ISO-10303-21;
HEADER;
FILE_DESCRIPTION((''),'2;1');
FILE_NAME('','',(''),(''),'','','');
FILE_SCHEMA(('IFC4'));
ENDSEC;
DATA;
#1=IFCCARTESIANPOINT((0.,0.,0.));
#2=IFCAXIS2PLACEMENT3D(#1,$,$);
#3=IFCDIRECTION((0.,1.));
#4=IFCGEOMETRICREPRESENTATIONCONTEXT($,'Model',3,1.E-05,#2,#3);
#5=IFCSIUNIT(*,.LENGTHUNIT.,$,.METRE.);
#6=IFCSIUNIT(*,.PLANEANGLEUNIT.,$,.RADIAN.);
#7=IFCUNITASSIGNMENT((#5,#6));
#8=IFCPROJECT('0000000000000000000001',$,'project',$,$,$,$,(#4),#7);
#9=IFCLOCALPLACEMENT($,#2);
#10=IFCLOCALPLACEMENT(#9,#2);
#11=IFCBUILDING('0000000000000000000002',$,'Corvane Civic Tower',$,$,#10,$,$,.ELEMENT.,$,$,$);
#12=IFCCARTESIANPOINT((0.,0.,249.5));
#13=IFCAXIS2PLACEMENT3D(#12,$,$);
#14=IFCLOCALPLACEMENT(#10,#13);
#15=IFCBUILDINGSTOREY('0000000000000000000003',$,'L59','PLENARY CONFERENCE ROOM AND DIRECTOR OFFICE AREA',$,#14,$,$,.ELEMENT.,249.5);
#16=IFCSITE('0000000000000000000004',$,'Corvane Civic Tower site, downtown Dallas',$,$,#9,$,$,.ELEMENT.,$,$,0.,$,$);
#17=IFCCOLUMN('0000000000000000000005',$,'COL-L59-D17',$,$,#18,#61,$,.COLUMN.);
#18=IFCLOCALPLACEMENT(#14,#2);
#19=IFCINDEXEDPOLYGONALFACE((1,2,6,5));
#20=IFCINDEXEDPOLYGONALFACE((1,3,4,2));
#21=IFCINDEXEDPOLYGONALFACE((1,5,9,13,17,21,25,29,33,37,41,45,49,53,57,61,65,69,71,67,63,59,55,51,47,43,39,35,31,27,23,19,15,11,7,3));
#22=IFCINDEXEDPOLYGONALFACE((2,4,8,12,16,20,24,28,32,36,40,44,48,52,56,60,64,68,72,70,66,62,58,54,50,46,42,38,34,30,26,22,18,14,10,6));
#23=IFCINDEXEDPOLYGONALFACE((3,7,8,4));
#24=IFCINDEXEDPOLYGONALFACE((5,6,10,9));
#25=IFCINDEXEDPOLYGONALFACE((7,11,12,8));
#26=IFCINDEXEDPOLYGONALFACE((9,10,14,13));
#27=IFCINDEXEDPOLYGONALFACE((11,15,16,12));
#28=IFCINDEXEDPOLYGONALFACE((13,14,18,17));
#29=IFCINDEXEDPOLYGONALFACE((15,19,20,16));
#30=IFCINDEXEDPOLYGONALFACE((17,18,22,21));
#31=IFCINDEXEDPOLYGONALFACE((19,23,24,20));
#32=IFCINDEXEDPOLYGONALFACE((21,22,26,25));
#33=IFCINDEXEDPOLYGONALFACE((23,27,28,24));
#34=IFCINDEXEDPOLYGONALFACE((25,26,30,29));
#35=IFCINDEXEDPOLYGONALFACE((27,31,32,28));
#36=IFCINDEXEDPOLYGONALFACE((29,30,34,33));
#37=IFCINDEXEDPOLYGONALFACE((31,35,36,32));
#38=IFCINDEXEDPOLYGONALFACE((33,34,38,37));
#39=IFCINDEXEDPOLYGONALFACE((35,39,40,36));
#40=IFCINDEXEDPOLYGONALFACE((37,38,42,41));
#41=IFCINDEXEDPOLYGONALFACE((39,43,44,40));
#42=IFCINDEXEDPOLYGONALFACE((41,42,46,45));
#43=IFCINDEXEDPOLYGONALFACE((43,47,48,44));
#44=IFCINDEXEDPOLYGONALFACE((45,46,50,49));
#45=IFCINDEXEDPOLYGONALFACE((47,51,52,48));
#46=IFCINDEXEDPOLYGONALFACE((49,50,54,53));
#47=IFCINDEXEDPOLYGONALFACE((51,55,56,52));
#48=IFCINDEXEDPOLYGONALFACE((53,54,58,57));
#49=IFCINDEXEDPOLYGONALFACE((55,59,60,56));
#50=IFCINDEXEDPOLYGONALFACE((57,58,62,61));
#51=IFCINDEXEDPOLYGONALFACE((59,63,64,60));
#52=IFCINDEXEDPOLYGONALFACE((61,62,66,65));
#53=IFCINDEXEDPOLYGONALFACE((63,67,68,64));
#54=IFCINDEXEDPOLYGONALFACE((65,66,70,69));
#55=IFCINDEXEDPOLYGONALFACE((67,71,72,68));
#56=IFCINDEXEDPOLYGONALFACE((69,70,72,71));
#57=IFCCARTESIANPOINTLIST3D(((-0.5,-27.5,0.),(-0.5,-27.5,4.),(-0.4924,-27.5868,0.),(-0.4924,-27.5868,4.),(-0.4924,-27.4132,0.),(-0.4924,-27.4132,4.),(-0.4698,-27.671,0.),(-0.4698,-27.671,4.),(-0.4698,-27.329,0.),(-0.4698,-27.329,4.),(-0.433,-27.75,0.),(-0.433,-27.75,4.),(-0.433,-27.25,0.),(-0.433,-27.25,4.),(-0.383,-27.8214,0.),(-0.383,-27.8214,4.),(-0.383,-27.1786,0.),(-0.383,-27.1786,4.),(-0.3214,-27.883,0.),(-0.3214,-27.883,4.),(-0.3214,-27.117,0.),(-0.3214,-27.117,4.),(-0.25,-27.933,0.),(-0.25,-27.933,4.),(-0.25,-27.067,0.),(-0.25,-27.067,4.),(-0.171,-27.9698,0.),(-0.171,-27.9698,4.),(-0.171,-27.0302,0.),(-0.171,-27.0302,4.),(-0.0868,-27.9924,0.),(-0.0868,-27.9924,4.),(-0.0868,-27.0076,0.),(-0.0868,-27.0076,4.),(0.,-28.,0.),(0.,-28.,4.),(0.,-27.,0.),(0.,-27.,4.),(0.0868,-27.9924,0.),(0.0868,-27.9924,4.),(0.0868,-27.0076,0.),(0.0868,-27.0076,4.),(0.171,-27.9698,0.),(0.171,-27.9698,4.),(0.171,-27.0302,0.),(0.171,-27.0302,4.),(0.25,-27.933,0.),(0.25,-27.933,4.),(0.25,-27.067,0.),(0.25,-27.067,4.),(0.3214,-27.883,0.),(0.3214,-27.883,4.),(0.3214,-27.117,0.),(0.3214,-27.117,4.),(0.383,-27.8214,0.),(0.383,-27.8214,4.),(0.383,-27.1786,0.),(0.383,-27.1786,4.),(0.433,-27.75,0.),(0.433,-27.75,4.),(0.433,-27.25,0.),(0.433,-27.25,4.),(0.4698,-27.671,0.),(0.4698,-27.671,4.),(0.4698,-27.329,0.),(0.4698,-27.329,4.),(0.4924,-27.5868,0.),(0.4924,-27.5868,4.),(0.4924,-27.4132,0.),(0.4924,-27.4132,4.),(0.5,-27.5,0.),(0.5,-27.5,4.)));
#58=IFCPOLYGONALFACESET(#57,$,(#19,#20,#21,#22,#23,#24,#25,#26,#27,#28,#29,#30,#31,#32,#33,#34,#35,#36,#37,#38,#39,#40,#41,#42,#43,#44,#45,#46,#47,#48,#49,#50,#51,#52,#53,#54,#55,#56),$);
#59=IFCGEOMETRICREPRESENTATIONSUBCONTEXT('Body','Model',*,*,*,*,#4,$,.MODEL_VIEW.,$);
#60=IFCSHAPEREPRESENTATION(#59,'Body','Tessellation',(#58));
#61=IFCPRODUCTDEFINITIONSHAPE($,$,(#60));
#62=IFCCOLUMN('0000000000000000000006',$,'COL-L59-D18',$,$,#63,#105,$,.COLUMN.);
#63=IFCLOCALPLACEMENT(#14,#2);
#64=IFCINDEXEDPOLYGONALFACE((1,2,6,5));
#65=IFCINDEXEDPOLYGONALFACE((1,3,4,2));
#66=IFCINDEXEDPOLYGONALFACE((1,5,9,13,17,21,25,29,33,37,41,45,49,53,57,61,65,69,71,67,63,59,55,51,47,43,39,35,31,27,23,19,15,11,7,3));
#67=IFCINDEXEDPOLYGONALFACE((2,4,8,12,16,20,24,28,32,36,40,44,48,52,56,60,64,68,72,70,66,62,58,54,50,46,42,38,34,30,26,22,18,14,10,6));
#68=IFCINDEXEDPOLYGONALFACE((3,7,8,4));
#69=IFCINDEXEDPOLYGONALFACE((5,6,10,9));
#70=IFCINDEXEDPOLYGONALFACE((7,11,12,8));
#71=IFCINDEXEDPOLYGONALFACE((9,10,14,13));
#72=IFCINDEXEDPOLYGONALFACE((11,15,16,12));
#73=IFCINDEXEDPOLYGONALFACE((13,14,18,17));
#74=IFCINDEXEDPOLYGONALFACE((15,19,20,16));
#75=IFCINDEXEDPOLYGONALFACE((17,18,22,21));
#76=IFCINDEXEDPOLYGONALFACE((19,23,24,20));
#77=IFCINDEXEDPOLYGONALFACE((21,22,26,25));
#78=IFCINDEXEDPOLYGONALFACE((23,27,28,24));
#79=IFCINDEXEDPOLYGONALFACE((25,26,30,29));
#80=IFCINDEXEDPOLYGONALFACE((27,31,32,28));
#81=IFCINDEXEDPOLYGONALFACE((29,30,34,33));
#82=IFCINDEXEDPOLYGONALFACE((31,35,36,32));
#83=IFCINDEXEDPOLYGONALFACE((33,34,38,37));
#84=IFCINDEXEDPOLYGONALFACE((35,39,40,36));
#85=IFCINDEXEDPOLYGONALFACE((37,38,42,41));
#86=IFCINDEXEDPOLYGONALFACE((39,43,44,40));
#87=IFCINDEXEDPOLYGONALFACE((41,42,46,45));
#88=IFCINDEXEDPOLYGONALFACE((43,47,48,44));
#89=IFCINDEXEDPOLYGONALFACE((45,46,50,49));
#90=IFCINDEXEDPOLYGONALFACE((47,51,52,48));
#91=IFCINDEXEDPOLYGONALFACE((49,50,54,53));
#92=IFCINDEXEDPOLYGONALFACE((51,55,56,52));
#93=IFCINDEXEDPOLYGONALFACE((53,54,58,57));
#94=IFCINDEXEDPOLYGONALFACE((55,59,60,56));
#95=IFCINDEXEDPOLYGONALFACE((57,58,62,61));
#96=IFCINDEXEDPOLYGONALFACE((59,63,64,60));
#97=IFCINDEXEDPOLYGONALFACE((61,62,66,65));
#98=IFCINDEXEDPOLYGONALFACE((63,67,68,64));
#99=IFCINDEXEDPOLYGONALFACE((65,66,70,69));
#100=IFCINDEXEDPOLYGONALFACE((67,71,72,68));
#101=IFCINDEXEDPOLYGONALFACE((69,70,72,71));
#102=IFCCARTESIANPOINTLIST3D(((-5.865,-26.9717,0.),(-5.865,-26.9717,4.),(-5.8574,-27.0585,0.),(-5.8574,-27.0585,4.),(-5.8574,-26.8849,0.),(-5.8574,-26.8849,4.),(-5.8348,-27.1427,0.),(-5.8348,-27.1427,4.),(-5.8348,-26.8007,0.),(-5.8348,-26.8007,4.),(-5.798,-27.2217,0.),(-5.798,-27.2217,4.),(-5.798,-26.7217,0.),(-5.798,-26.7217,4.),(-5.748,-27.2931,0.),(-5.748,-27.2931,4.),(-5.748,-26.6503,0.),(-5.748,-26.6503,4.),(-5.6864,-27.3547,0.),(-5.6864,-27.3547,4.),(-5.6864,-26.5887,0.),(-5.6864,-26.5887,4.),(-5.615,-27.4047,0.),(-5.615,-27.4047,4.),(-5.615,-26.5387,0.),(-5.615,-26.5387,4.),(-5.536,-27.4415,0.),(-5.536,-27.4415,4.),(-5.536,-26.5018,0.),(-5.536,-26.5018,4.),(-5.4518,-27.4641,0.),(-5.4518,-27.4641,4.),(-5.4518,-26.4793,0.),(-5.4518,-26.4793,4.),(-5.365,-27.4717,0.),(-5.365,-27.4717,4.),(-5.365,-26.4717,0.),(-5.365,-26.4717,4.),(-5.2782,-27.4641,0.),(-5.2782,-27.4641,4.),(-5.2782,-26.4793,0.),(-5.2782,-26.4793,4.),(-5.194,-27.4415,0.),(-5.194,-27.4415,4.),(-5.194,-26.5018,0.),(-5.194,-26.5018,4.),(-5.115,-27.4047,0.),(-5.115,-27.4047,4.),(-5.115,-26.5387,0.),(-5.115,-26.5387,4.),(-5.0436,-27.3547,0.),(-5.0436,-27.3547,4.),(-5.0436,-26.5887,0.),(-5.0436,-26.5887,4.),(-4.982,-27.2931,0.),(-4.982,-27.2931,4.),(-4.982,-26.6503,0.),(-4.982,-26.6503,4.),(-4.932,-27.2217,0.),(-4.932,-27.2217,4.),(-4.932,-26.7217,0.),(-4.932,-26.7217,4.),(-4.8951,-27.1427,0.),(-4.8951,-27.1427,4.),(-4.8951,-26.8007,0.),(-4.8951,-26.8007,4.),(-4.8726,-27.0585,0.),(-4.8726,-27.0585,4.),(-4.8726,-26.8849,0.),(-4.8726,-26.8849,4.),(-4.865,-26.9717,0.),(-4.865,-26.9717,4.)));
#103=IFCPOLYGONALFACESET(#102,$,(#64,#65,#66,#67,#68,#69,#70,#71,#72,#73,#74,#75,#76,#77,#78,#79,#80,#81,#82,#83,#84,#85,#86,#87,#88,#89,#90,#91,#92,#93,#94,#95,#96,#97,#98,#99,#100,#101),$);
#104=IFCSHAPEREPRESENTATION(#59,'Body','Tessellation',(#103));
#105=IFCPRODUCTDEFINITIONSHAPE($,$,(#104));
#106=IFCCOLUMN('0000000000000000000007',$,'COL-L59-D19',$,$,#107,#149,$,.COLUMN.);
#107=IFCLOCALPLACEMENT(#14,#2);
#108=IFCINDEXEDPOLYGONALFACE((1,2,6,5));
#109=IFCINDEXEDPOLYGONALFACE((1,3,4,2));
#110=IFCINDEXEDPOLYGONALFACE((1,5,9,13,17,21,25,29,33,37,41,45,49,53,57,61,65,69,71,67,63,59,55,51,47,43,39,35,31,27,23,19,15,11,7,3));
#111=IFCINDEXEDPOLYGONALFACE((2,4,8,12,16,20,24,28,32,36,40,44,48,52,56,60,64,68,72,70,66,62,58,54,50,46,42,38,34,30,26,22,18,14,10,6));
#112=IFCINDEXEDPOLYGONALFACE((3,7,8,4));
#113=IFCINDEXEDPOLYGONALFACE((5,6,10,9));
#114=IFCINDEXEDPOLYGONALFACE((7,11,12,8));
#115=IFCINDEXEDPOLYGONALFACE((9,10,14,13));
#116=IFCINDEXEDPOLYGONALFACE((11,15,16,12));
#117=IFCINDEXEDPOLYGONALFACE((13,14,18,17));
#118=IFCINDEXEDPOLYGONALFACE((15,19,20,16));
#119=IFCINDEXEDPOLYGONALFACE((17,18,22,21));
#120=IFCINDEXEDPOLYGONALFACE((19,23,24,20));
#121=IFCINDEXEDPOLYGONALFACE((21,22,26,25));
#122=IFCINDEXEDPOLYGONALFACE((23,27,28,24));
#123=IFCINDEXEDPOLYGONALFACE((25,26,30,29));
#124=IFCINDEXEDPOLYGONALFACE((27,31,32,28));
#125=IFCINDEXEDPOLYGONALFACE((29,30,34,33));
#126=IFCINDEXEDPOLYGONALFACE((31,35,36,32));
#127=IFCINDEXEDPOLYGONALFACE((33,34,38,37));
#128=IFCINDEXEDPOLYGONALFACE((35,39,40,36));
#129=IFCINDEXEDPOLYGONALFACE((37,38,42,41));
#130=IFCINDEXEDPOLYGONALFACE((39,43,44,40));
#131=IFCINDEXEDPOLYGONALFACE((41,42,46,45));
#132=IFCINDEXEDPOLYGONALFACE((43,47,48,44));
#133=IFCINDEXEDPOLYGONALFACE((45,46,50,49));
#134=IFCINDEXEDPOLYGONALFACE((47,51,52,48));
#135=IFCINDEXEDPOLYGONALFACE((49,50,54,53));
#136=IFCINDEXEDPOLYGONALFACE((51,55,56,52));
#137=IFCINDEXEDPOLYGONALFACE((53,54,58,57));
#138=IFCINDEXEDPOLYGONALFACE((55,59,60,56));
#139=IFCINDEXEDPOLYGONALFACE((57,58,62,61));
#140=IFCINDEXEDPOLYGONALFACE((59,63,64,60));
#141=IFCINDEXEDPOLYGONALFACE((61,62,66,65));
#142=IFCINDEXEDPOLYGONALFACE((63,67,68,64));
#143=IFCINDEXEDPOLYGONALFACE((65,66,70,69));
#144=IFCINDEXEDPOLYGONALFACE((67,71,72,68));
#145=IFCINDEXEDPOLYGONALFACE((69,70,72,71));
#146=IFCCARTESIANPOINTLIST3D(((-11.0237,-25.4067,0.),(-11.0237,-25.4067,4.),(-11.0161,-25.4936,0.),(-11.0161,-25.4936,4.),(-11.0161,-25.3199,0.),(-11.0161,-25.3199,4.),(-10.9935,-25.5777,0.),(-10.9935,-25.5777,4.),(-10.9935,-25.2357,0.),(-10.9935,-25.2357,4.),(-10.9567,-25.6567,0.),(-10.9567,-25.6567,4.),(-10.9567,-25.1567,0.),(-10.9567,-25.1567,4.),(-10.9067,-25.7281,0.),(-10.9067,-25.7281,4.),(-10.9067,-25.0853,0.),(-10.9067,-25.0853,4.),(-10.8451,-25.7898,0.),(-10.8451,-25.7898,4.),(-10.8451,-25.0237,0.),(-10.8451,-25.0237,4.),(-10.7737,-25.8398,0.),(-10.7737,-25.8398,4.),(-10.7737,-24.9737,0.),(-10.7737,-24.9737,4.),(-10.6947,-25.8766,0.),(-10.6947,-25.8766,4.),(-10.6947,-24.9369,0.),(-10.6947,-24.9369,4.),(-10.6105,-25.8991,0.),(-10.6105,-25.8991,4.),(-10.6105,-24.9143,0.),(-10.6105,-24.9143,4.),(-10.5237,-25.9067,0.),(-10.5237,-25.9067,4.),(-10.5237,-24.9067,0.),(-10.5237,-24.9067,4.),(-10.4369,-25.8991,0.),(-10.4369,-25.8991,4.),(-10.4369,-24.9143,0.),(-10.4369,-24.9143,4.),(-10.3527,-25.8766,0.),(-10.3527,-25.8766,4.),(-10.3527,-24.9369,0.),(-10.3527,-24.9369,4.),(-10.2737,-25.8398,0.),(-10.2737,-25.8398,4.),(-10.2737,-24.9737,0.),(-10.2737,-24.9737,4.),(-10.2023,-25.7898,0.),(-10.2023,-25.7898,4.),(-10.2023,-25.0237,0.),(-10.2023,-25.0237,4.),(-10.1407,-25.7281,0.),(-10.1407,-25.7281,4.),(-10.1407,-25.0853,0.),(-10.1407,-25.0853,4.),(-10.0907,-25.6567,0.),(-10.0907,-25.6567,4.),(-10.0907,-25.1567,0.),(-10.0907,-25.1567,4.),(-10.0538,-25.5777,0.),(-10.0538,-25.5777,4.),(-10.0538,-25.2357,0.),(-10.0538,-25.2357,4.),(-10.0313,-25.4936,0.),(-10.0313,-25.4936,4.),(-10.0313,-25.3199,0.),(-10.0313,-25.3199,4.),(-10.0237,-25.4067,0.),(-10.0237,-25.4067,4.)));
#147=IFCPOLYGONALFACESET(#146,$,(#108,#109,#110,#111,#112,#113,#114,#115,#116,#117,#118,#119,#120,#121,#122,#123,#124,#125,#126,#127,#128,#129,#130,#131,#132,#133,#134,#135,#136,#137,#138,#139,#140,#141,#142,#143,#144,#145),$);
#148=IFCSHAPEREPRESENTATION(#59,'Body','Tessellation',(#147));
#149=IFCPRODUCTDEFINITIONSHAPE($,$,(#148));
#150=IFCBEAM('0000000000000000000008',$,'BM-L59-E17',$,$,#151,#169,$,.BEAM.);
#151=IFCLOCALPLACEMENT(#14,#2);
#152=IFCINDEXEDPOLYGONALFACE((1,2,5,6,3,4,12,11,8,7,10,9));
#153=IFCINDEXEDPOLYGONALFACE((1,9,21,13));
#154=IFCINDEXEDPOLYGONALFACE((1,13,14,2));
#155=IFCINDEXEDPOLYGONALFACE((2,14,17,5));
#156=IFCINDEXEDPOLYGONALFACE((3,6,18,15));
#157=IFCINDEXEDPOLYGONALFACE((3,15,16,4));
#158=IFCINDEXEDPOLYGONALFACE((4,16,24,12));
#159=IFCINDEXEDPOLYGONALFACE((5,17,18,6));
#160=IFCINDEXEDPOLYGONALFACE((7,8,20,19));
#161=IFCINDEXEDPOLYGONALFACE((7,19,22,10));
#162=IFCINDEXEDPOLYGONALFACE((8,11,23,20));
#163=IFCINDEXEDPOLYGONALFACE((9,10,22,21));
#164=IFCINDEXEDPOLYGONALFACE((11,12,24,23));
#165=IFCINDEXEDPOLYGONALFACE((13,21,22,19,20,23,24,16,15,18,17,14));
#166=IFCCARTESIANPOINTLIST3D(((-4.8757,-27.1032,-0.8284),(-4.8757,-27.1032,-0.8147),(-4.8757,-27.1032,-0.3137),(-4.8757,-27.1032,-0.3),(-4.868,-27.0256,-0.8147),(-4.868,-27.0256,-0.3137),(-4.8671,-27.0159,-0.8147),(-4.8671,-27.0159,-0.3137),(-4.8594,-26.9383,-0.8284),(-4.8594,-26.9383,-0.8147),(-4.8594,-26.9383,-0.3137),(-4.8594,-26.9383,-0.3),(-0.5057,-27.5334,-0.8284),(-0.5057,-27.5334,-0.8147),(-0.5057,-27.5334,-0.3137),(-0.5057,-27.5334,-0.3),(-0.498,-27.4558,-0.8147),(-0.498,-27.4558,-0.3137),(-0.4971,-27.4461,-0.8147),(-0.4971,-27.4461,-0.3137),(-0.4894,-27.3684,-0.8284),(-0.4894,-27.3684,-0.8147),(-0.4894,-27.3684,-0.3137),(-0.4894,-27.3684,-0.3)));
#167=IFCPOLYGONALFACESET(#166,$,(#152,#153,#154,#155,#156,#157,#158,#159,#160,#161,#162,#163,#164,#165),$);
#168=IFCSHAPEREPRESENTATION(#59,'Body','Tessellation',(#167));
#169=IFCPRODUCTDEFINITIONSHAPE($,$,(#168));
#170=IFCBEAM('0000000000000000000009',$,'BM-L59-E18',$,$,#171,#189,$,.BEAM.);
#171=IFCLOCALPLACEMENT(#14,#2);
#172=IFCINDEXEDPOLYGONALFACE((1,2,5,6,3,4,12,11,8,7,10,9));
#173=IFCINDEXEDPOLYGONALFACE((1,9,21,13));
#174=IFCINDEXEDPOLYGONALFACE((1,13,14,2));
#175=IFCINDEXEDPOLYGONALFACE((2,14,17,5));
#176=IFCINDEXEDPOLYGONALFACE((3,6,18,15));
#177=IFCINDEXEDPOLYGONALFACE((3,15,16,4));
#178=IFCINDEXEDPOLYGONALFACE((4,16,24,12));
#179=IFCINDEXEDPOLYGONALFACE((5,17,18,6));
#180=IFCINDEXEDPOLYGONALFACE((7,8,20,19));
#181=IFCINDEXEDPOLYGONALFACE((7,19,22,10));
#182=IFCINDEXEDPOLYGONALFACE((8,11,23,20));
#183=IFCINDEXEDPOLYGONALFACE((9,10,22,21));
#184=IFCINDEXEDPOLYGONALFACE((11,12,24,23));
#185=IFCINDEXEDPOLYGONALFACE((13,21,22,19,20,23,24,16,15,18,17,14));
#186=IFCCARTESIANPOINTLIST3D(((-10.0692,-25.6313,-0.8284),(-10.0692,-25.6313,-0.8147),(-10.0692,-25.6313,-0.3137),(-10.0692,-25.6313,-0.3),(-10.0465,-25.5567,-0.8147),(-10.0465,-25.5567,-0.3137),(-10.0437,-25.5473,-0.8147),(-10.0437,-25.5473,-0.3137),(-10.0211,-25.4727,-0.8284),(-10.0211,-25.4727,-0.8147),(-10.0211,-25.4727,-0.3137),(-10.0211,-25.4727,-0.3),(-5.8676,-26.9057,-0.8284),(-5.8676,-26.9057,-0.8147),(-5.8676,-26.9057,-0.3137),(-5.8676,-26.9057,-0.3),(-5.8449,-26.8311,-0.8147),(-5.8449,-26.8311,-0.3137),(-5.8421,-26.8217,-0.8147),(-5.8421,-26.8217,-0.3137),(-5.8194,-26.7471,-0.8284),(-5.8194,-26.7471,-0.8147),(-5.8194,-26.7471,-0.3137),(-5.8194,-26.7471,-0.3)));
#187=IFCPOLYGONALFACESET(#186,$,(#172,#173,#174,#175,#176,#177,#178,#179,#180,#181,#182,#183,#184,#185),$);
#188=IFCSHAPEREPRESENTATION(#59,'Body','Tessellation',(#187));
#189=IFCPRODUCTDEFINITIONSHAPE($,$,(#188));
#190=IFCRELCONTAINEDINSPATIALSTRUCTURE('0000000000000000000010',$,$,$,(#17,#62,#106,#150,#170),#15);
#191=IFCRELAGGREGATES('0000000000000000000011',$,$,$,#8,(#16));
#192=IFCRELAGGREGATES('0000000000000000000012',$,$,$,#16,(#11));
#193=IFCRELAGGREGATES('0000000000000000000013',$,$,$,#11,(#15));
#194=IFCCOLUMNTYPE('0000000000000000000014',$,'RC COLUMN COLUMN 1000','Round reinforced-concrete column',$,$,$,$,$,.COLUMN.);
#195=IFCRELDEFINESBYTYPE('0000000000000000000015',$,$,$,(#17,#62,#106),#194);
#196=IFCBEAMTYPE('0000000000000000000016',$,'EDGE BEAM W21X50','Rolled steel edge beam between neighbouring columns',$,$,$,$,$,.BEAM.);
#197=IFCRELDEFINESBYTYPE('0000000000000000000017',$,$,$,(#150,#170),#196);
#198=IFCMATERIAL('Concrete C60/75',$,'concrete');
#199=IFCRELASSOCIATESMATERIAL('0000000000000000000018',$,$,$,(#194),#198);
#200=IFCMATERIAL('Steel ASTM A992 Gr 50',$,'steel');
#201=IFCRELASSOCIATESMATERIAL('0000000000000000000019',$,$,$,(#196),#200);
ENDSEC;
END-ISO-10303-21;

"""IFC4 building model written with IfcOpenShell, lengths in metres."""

from ifc_helpers import new_model, si_unit, direction, frame, origin, origin_2d, place, context, subcontext, project, spatial, circle, i_section, extrude, material, material_profile, profile_set, type_object, element, save


model = new_model("IFC4")

# Units and contexts
model_context = context("Model", 3, precision=1e-05, world=origin(), true_north=direction((0.0, 1.0)))
body_context = subcontext(model_context, "Body", "Model", "MODEL_VIEW")
ifc_project = project(units=[si_unit("LENGTHUNIT", "METRE"), si_unit("PLANEANGLEUNIT", "RADIAN")], contexts=[model_context])

# Site, building, storey
site_placement = place(None, origin())
site = spatial("IfcSite", under=ifc_project, at=site_placement, Name="Corvane Civic Tower site, downtown Dallas", CompositionType="ELEMENT", RefElevation=0.0)
building_placement = place(site_placement, origin())
building = spatial("IfcBuilding", under=site, at=building_placement, Name="Corvane Civic Tower", CompositionType="ELEMENT")
storey_placement = place(building_placement, frame((0.0, 0.0, 249.5)))
storey = spatial("IfcBuildingStorey", under=building, at=storey_placement, Name="L59", Description="PLENARY CONFERENCE ROOM AND DIRECTOR OFFICE AREA", CompositionType="ELEMENT", Elevation=249.5)

# Columns
ifc_material_1 = material(Name="Concrete C60/75", Category="concrete")
ifc_material_profile_1 = material_profile(ifc_material_1, circle(Radius=0.5, at=origin_2d()), Name="COLUMN 1000")
ifc_profile_set_1 = profile_set([ifc_material_profile_1], Name="Concrete C60/75")
column_type = type_object("IfcColumnType", Name="RC COLUMN COLUMN 1000", Description="Round reinforced-concrete column", PredefinedType="COLUMN", material=ifc_profile_set_1)
for number, where, z_axis, x_axis, name in (
    (1, (0.0, -27.5, 0.0), (0.0, 0.0, 1.0), (1.0, 0.0, 0.0), "COL-L59-D17"),
    (2, (-5.365, -26.9717, 0.0), (0.0, 0.0, 1.0), (1.0, 0.0, 0.0), "COL-L59-D18"),
    (3, (-10.5237, -25.4067, 0.0), (0.0, 0.0, 1.0), (1.0, 0.0, 0.0), "COL-L59-D19"),
):
    element("IfcColumn", number, at=place(storey_placement, frame(where, z_axis=z_axis, x_axis=x_axis)), inside=storey, type_object=column_type, Name=name, PredefinedType="COLUMN", context=body_context, shape_type="SweptSolid", body=[
        extrude(circle(Radius=0.5, at=origin_2d()), origin(), (0.0, 0.0, 1.0), 4.0),
    ])

# Beams
ifc_material_2 = material(Name="Steel ASTM A992 Gr 50", Category="steel")
ifc_material_profile_2 = material_profile(ifc_material_2, i_section(OverallWidth=0.1658, OverallDepth=0.5283, WebThickness=0.0098, FlangeThickness=0.0137, at=origin_2d()), Name="W21X50")
ifc_profile_set_2 = profile_set([ifc_material_profile_2], Name="Steel ASTM A992 Gr 50")
beam_type_1 = type_object("IfcBeamType", Name="EDGE BEAM W21X50", Description="Rolled steel edge beam between neighbouring columns", PredefinedType="BEAM", material=ifc_profile_set_2)
beam_1_placement = place(storey_placement, frame((-0.4976, -27.4509, -0.5642), z_axis=(-0.99519, 0.097968, 0.0), x_axis=(-0.097968, -0.99519, 0.0)))
element("IfcBeam", 4, at=beam_1_placement, inside=storey, type_object=beam_type_1, Name="BM-L59-E17", PredefinedType="BEAM", context=body_context, shape_type="SweptSolid", body=[
    extrude(i_section(OverallWidth=0.1658, OverallDepth=0.5283, WebThickness=0.0098, FlangeThickness=0.0137, at=origin_2d()), origin(), (0.0, 0.0, 1.0), 4.3911),
])
beam_2_placement = place(storey_placement, frame((-5.8435, -26.8264, -0.5642), z_axis=(-0.95695, 0.290254, 0.0), x_axis=(-0.290254, -0.95695, 0.0)))
element("IfcBeam", 5, at=beam_2_placement, inside=storey, type_object=beam_type_1, Name="BM-L59-E18", PredefinedType="BEAM", context=body_context, shape_type="SweptSolid", body=[
    extrude(i_section(OverallWidth=0.1658, OverallDepth=0.5283, WebThickness=0.0098, FlangeThickness=0.0137, at=origin_2d()), origin(), (0.0, 0.0, 1.0), 4.3906),
])

save(model, "model.ifc")
